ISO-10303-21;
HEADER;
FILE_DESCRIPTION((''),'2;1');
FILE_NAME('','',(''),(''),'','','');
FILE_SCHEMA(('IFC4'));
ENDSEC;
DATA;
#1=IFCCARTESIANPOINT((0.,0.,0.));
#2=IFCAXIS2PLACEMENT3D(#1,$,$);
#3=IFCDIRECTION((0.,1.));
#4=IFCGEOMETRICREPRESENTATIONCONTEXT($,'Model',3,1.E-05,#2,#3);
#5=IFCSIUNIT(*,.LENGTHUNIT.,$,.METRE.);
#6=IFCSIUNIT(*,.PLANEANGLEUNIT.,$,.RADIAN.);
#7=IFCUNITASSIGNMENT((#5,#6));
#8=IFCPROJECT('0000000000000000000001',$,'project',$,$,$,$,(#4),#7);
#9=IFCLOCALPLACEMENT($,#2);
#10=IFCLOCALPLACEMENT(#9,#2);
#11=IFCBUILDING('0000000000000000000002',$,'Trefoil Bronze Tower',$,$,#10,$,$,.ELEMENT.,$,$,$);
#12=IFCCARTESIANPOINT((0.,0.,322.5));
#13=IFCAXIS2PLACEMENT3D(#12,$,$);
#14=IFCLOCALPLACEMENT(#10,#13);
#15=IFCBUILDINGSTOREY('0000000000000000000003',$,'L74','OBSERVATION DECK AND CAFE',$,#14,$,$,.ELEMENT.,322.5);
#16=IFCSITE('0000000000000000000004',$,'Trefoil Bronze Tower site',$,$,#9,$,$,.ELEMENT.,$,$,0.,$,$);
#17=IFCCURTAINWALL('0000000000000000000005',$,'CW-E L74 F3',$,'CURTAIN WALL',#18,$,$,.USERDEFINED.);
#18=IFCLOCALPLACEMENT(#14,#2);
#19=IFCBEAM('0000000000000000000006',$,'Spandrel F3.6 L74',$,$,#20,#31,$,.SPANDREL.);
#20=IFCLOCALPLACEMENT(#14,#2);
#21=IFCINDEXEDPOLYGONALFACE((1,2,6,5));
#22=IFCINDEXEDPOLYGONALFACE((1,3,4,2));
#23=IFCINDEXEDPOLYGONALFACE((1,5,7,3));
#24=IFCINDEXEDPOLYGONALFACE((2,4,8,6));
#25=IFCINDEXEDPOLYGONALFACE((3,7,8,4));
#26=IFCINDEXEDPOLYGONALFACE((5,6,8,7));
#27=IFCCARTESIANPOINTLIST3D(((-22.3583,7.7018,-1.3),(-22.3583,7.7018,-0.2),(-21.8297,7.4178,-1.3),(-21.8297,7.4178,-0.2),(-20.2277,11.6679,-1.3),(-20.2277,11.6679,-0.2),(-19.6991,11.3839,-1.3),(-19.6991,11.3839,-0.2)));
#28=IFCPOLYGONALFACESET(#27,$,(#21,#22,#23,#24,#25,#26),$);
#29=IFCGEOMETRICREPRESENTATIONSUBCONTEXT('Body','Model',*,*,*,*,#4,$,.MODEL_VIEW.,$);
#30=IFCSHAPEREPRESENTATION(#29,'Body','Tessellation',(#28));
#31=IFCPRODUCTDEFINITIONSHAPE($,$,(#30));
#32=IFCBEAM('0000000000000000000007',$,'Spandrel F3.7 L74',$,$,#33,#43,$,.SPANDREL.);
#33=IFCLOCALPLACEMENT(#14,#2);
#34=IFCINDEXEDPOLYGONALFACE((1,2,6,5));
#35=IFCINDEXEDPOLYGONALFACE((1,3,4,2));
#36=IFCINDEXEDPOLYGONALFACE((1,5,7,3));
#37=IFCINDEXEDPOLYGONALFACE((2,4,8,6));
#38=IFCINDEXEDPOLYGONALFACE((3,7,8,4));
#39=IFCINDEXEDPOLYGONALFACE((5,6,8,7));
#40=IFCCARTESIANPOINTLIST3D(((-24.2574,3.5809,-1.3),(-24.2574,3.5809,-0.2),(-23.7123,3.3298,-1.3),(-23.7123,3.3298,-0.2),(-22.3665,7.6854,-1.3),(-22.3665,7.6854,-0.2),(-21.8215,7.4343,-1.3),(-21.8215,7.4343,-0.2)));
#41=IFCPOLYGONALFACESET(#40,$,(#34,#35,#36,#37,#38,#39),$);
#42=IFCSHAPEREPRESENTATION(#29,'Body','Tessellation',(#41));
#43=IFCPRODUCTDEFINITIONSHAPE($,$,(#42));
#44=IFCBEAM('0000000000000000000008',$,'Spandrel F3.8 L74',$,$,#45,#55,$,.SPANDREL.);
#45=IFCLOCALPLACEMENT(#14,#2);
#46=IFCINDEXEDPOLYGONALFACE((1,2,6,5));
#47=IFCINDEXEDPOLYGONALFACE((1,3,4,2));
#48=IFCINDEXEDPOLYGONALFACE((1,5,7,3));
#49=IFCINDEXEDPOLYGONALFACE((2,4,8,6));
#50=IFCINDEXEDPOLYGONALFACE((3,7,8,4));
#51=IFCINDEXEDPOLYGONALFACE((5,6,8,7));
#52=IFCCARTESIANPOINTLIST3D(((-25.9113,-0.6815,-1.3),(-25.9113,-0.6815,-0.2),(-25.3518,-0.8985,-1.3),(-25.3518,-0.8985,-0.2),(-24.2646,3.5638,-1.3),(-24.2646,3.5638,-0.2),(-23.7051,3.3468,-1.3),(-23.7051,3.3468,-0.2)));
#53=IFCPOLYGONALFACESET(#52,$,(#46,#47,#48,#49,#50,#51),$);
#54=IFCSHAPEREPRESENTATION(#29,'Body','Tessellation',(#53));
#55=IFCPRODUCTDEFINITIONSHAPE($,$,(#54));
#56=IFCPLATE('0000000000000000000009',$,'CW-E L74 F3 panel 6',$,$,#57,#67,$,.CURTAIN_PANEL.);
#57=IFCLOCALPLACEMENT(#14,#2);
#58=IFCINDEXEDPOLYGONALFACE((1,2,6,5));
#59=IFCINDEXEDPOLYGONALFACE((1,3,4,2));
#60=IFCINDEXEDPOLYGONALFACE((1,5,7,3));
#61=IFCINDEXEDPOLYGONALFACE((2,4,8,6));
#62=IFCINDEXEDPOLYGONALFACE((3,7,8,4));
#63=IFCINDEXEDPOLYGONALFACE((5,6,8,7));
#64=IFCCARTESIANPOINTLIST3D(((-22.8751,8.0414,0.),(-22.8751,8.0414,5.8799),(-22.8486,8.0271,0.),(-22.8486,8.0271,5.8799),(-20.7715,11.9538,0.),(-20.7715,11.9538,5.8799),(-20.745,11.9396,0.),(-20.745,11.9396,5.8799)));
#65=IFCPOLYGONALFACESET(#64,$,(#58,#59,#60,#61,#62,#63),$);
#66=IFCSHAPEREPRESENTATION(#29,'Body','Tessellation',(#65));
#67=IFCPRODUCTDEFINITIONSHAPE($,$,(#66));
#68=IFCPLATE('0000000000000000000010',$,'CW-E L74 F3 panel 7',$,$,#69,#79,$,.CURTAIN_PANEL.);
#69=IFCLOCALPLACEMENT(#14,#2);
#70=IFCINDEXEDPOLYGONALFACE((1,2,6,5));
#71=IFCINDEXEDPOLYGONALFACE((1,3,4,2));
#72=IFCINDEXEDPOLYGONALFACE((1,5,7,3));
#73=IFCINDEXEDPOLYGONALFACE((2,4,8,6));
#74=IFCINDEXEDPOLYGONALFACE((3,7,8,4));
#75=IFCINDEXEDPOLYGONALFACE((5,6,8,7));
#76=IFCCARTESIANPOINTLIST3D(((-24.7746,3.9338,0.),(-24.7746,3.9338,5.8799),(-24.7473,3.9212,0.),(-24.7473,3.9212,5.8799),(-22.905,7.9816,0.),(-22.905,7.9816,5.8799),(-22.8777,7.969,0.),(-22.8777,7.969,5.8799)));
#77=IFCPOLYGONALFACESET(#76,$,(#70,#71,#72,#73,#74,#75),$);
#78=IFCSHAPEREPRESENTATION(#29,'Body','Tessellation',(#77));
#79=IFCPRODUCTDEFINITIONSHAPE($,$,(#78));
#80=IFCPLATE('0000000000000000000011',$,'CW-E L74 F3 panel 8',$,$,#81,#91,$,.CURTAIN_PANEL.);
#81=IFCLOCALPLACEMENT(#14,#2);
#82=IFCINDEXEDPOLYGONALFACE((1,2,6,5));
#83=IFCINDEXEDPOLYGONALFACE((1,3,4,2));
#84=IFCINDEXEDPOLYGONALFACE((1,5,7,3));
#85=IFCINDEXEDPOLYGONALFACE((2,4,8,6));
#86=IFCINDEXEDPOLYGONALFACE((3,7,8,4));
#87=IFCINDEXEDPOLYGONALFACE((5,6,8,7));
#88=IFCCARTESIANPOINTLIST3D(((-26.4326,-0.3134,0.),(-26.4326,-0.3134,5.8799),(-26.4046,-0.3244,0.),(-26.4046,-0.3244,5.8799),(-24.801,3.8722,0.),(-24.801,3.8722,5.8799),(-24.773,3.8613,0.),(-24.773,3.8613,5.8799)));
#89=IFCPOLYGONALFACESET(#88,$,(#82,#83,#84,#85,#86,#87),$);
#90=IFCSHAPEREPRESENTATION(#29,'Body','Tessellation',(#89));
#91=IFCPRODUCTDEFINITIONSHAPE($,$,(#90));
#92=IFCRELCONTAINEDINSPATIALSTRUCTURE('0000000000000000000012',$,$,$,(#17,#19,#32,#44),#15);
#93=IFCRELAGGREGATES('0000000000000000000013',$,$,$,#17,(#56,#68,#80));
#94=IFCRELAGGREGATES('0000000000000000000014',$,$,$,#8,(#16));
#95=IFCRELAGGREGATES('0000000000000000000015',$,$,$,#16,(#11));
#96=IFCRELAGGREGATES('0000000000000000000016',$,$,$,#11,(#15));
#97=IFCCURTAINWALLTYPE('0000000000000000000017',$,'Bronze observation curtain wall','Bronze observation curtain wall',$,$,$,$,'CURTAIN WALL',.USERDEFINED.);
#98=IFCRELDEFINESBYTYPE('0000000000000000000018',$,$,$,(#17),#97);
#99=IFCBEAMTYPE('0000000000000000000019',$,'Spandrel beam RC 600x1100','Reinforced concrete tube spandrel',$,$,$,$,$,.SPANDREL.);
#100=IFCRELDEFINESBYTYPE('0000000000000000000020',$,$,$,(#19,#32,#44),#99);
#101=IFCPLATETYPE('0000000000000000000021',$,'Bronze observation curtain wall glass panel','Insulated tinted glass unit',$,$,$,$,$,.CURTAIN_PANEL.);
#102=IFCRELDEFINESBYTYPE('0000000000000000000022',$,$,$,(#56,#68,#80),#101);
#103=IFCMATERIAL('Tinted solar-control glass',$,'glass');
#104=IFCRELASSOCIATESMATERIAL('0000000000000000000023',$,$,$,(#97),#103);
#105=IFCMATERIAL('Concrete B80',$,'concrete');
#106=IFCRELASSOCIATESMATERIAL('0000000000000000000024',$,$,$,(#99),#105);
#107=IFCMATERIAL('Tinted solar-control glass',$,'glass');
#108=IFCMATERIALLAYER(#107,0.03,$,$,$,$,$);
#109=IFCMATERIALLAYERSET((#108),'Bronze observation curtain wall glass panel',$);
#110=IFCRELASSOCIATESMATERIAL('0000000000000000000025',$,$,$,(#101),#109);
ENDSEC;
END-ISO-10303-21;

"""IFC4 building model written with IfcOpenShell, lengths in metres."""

from ifc_helpers import new_model, si_unit, direction, frame, origin, origin_2d, place, context, subcontext, project, spatial, rectangle, extrude, material, layer, layer_set, material_profile, profile_set, type_object, element, aggregate, save


model = new_model("IFC4")

# Units and contexts
model_context = context("Model", 3, precision=1e-05, world=origin(), true_north=direction((0.0, 1.0)))
body_context = subcontext(model_context, "Body", "Model", "MODEL_VIEW")
ifc_project = project(units=[si_unit("LENGTHUNIT", "METRE"), si_unit("PLANEANGLEUNIT", "RADIAN")], contexts=[model_context])

# Site, building, storey
site_placement = place(None, origin())
site = spatial("IfcSite", under=ifc_project, at=site_placement, Name="Trefoil Bronze Tower site", CompositionType="ELEMENT", RefElevation=0.0)
building_placement = place(site_placement, origin())
building = spatial("IfcBuilding", under=site, at=building_placement, Name="Trefoil Bronze Tower", CompositionType="ELEMENT")
storey_placement = place(building_placement, frame((0.0, 0.0, 322.5)))
storey = spatial("IfcBuildingStorey", under=building, at=storey_placement, Name="L74", Description="OBSERVATION DECK AND CAFE", CompositionType="ELEMENT", Elevation=322.5)

# Curtain wall
ifc_material_1 = material(Name="Tinted solar-control glass", Category="glass")
curtain_wall_type = type_object("IfcCurtainWallType", Name="Bronze observation curtain wall", Description="Bronze observation curtain wall", ElementType="CURTAIN WALL", PredefinedType="USERDEFINED", material=ifc_material_1)
curtain_wall_placement = place(storey_placement, origin())
curtain_wall = element("IfcCurtainWall", 1, at=curtain_wall_placement, inside=storey, type_object=curtain_wall_type, Name="CW-E L74 F3", ObjectType="CURTAIN WALL", PredefinedType="USERDEFINED")

# Beams
ifc_material_2 = material(Name="Concrete B80", Category="concrete")
ifc_material_profile_1 = material_profile(ifc_material_2, rectangle(XDim=0.6001, YDim=1.1001, at=origin_2d()), Name="RC 600x1100")
ifc_profile_set_1 = profile_set([ifc_material_profile_1], Name="Concrete B80")
beam_type_1 = type_object("IfcBeamType", Name="Spandrel beam RC 600x1100", Description="Reinforced concrete tube spandrel", PredefinedType="SPANDREL", material=ifc_profile_set_1)
beam_1_placement = place(storey_placement, frame((-19.9634, 11.5259, -0.75), z_axis=(-0.473246, -0.88093, 0.0), x_axis=(0.88093, -0.473246, 0.0)))
element("IfcBeam", 2, at=beam_1_placement, inside=storey, type_object=beam_type_1, Name="Spandrel F3.6 L74", PredefinedType="SPANDREL", context=body_context, shape_type="SweptSolid", body=[
    extrude(rectangle(XDim=0.6001, YDim=1.1001, at=origin_2d()), origin(), (0.0, 0.0, 1.0), 4.5022),
])
beam_2_placement = place(storey_placement, frame((-22.094, 7.5598, -0.75), z_axis=(-0.418417, -0.908255, 0.0), x_axis=(0.908255, -0.418417, 0.0)))
element("IfcBeam", 3, at=beam_2_placement, inside=storey, type_object=beam_type_1, Name="Spandrel F3.7 L74", PredefinedType="SPANDREL", context=body_context, shape_type="SweptSolid", body=[
    extrude(rectangle(XDim=0.6001, YDim=1.1001, at=origin_2d()), origin(), (0.0, 0.0, 1.0), 4.519),
])
beam_3_placement = place(storey_placement, frame((-23.9849, 3.4553, -0.75), z_axis=(-0.361636, -0.932319, 0.0), x_axis=(0.932319, -0.361636, 0.0)))
element("IfcBeam", 4, at=beam_3_placement, inside=storey, type_object=beam_type_1, Name="Spandrel F3.8 L74", PredefinedType="SPANDREL", context=body_context, shape_type="SweptSolid", body=[
    extrude(rectangle(XDim=0.6001, YDim=1.1001, at=origin_2d()), origin(), (0.0, 0.0, 1.0), 4.5535),
])

# Plates
ifc_material_3 = material(Name="Tinted solar-control glass", Category="glass")
ifc_layer = layer(ifc_material_3, 0.03)
ifc_layer_set = layer_set([ifc_layer], Name="Bronze observation curtain wall glass panel")
plate_type = type_object("IfcPlateType", Name="Bronze observation curtain wall glass panel", Description="Insulated tinted glass unit", PredefinedType="CURTAIN_PANEL", material=ifc_layer_set)
plate_1_placement = place(storey_placement, frame((-21.8101, 9.9905, 0.0), z_axis=(0.0, 0.0, 1.0), x_axis=(-0.473562, -0.88076, 0.0)))
plate_1 = element("IfcPlate", 5, at=plate_1_placement, type_object=plate_type, Name="CW-E L74 F3 panel 6", PredefinedType="CURTAIN_PANEL", context=body_context, shape_type="SweptSolid", body=[
    extrude(rectangle(XDim=4.4421, YDim=0.03, at=origin_2d()), origin(), (0.0, 0.0, 1.0), 5.8799),
])
plate_2_placement = place(storey_placement, frame((-23.8262, 5.9514, 0.0), z_axis=(0.0, 0.0, 1.0), x_axis=(-0.419309, -0.907844, 0.0)))
plate_2 = element("IfcPlate", 6, at=plate_2_placement, type_object=plate_type, Name="CW-E L74 F3 panel 7", PredefinedType="CURTAIN_PANEL", context=body_context, shape_type="SweptSolid", body=[
    extrude(rectangle(XDim=4.4587, YDim=0.03, at=origin_2d()), origin(), (0.0, 0.0, 1.0), 5.8799),
])
plate_3_placement = place(storey_placement, frame((-25.6028, 1.7739, 0.0), z_axis=(0.0, 0.0, 1.0), x_axis=(-0.363199, -0.931712, 0.0)))
plate_3 = element("IfcPlate", 7, at=plate_3_placement, type_object=plate_type, Name="CW-E L74 F3 panel 8", PredefinedType="CURTAIN_PANEL", context=body_context, shape_type="SweptSolid", body=[
    extrude(rectangle(XDim=4.4924, YDim=0.03, at=origin_2d()), origin(), (0.0, 0.0, 1.0), 5.8799),
])
aggregate(curtain_wall, [plate_1, plate_2, plate_3])

save(model, "model.ifc")
